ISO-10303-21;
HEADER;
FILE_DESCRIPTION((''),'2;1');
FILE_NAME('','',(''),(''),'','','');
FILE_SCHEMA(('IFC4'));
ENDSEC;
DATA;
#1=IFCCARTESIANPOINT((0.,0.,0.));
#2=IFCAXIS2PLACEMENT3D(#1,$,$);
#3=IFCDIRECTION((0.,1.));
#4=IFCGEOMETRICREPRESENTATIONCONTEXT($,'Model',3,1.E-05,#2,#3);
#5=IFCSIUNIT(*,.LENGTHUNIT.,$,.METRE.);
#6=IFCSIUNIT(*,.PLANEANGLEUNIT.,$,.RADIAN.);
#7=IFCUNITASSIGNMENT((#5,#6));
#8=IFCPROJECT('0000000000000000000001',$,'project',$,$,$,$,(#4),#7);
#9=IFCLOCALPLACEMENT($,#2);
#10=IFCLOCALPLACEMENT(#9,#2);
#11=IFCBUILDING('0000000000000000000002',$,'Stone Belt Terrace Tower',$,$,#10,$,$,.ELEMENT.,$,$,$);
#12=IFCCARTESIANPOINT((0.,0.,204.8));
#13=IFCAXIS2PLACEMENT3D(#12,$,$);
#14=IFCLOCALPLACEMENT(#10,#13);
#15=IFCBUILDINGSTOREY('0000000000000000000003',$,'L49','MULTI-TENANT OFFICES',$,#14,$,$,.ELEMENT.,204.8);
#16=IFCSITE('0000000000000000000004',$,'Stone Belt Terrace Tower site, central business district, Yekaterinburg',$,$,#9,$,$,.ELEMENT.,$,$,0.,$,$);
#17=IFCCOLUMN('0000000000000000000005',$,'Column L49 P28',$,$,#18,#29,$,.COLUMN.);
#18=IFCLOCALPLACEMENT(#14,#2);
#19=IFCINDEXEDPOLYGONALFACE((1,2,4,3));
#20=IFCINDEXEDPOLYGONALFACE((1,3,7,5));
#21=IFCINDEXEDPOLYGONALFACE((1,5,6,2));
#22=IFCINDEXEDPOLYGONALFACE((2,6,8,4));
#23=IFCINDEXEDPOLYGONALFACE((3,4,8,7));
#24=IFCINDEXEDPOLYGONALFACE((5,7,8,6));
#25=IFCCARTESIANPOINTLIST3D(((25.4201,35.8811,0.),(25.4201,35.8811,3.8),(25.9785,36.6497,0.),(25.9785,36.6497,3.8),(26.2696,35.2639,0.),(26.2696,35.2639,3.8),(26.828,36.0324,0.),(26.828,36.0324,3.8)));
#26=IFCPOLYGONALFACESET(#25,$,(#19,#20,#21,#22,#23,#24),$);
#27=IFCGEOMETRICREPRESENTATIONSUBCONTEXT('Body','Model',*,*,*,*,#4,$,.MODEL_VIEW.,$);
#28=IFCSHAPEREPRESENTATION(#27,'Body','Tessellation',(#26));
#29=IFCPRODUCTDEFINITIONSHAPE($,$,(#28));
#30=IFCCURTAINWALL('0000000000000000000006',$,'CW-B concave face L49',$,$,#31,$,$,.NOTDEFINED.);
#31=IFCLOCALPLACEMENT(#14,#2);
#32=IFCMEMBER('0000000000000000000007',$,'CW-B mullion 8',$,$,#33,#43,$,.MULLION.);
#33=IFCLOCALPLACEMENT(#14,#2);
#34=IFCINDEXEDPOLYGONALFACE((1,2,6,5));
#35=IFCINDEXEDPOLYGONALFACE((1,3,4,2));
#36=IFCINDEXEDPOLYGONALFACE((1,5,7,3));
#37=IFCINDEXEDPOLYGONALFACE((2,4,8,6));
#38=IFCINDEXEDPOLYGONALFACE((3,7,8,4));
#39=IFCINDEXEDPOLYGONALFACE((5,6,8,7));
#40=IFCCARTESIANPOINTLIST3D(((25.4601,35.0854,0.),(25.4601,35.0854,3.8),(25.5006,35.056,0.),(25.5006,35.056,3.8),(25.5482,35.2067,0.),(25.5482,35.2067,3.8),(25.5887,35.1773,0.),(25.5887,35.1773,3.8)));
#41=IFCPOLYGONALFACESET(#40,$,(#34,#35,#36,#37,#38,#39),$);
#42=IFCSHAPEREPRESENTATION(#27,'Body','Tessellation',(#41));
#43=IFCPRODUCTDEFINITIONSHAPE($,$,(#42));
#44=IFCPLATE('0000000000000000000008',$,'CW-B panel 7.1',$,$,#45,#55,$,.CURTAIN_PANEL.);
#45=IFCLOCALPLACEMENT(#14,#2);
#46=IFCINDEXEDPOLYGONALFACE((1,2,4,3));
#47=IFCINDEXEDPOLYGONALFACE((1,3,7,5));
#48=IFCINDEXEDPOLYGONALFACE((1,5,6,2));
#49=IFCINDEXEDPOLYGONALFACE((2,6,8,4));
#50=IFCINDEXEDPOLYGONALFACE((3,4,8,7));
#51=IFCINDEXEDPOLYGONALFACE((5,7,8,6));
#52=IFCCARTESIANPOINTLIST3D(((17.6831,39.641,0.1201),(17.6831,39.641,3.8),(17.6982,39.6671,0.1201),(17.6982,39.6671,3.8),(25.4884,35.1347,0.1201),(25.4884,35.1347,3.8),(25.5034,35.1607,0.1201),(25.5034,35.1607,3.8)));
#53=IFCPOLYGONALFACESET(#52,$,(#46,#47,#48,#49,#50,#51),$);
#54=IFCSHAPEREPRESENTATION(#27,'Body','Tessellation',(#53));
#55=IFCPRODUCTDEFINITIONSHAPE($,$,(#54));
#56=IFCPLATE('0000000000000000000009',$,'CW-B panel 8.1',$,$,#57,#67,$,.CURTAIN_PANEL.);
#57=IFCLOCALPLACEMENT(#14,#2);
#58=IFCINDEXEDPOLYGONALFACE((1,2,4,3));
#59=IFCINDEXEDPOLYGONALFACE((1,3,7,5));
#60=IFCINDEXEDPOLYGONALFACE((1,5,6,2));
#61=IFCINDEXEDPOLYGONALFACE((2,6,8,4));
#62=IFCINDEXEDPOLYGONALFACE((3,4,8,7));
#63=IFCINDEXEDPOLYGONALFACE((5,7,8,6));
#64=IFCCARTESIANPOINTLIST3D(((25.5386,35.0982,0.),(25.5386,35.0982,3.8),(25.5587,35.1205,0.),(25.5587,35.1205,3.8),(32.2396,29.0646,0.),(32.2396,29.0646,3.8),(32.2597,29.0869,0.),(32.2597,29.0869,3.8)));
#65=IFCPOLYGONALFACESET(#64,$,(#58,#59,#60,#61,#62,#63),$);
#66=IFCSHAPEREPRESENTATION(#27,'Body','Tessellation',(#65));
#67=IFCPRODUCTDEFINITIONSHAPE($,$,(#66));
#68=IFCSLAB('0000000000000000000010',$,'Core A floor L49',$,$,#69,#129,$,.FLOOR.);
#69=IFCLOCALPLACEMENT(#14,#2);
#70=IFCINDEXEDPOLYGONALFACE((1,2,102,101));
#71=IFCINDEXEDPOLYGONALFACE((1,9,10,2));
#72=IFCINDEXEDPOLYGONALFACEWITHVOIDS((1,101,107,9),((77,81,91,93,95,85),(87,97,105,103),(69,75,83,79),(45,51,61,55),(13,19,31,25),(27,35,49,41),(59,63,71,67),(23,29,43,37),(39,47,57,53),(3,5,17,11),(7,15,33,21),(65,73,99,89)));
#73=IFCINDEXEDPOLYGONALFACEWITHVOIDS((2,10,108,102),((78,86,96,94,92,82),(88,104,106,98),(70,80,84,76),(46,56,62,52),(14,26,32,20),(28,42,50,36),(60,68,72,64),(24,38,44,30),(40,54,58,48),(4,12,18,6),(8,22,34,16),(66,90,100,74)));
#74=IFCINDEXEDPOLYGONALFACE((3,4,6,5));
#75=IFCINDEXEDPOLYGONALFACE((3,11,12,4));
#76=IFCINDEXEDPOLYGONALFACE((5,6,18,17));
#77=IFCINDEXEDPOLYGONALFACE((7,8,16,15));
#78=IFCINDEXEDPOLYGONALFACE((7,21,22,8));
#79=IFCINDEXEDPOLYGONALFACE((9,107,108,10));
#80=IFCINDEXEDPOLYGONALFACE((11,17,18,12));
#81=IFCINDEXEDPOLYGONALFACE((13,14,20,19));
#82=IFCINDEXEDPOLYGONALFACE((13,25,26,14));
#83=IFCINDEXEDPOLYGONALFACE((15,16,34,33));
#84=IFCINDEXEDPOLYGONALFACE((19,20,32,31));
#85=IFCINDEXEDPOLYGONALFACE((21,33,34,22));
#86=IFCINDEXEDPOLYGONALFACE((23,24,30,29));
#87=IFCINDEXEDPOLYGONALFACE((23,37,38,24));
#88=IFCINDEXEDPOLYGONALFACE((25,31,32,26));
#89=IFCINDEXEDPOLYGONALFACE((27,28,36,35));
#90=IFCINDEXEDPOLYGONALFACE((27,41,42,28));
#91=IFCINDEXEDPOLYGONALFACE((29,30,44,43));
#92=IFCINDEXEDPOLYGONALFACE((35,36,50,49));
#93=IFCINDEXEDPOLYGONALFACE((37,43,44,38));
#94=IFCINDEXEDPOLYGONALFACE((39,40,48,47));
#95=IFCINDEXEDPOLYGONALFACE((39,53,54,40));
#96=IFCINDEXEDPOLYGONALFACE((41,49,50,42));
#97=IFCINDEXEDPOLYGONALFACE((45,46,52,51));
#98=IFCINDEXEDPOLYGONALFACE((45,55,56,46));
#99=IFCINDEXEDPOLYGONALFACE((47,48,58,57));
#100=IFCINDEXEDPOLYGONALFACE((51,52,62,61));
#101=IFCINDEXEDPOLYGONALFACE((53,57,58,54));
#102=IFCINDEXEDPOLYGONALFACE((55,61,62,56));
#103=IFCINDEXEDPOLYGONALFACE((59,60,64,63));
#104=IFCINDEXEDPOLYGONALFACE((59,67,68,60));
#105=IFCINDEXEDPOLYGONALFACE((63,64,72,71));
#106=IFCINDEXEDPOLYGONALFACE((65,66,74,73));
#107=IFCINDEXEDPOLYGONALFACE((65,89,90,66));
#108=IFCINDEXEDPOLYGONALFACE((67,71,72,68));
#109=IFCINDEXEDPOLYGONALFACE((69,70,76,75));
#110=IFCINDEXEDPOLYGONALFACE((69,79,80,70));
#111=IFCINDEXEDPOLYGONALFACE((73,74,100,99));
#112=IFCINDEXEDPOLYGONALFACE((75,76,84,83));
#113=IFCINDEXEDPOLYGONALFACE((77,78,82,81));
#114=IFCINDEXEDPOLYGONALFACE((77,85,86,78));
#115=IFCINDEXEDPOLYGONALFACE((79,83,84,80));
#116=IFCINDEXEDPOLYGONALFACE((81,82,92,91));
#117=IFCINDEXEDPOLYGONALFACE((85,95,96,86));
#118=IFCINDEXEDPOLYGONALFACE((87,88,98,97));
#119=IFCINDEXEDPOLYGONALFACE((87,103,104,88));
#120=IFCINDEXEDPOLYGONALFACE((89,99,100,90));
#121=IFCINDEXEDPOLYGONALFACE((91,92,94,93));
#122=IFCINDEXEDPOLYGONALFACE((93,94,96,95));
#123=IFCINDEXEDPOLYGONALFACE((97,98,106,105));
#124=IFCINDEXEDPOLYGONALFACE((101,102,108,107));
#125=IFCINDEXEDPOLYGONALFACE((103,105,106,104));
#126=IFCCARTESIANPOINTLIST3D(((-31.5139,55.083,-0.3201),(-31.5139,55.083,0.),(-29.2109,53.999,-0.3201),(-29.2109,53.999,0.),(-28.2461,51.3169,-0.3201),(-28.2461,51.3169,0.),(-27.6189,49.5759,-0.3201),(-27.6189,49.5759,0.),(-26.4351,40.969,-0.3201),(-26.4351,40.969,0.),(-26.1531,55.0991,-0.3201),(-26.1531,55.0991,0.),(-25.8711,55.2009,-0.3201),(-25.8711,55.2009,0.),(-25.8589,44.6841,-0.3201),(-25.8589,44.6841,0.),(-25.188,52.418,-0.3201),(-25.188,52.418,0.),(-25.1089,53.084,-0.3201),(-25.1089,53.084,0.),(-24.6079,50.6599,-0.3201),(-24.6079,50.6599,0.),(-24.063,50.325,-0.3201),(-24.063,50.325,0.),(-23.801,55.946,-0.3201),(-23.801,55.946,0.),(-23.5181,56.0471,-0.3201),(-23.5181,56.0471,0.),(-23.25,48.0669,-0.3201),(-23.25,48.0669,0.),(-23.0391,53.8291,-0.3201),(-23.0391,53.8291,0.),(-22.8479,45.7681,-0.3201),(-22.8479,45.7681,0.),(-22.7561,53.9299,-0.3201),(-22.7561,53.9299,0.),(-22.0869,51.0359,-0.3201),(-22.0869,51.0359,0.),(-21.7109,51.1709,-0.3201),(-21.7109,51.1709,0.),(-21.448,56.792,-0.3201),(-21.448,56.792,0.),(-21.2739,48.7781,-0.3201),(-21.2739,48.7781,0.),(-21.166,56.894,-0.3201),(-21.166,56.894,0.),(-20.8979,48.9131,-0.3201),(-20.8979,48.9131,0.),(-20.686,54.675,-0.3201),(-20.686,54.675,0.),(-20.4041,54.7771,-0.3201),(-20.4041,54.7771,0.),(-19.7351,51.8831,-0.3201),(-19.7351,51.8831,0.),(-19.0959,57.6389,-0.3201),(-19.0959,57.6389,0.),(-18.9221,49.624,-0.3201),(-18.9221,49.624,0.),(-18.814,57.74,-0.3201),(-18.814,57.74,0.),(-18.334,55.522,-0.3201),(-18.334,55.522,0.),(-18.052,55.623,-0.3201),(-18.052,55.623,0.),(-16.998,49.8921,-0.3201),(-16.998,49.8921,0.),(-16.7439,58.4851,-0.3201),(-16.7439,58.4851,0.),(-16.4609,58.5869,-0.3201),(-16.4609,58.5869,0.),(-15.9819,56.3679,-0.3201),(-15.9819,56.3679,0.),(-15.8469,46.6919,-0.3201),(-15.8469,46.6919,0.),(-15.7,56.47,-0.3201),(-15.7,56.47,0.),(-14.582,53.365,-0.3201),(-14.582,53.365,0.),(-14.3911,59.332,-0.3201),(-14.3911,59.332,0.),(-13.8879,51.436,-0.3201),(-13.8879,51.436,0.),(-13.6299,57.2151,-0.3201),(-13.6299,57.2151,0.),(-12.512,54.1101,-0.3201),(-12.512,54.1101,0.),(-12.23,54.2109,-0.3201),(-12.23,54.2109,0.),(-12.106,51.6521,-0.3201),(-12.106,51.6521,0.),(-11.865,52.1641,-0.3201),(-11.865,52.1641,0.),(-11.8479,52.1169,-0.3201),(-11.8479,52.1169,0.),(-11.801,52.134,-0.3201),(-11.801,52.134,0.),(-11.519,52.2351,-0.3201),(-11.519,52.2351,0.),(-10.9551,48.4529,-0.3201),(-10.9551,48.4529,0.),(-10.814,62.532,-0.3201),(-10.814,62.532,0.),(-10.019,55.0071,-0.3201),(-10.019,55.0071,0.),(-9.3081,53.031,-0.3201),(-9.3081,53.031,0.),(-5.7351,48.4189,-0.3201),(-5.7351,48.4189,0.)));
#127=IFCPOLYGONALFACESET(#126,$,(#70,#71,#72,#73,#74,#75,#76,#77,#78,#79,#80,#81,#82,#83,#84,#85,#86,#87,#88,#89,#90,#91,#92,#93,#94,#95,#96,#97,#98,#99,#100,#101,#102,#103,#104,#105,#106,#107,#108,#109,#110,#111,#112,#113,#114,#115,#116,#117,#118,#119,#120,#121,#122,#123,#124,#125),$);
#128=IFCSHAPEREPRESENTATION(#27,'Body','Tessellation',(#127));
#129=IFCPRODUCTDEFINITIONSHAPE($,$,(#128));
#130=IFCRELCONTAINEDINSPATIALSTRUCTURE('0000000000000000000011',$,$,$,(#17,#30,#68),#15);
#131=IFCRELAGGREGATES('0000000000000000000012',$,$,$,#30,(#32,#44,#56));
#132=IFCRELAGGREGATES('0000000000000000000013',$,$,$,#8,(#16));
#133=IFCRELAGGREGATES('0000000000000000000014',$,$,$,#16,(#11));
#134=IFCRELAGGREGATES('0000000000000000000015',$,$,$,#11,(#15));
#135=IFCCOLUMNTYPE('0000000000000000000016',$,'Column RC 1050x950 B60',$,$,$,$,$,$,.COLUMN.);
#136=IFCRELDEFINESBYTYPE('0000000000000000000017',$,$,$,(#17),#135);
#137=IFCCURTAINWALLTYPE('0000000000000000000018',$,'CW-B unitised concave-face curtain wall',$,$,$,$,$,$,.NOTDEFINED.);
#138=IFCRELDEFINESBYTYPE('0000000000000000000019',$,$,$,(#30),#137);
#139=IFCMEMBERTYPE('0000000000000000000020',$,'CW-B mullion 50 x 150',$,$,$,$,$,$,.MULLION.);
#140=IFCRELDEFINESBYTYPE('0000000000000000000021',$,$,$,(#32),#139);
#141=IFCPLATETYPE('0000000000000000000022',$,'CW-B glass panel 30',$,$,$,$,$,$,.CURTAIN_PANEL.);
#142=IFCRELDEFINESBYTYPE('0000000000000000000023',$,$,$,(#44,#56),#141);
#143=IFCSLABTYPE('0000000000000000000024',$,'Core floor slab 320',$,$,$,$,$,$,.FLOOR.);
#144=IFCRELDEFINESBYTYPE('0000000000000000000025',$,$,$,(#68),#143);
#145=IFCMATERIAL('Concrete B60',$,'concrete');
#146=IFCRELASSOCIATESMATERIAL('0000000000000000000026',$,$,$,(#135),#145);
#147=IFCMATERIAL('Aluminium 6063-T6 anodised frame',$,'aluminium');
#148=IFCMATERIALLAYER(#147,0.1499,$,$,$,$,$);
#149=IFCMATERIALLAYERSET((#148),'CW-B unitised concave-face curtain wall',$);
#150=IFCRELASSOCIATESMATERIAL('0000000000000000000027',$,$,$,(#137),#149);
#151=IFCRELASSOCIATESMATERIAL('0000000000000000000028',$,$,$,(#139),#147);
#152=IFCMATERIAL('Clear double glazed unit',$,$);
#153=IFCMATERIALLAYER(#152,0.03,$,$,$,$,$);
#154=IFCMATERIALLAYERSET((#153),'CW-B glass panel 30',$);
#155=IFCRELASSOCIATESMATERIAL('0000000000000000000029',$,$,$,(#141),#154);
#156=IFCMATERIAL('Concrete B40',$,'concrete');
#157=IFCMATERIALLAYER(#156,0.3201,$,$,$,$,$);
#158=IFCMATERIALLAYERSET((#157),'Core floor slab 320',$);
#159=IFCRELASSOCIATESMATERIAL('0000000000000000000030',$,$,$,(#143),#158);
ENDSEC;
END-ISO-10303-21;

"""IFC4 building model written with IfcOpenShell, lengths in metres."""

from ifc_helpers import new_model, si_unit, direction, frame, origin, origin_2d, place, context, subcontext, project, spatial, polyline, rectangle, outline, extrude, material, layer, layer_set, material_profile, profile_set, type_object, element, aggregate, save


model = new_model("IFC4")

# Units and contexts
model_context = context("Model", 3, precision=1e-05, world=origin(), true_north=direction((0.0, 1.0)))
body_context = subcontext(model_context, "Body", "Model", "MODEL_VIEW")
ifc_project = project(units=[si_unit("LENGTHUNIT", "METRE"), si_unit("PLANEANGLEUNIT", "RADIAN")], contexts=[model_context])

# Site, building, storey
site_placement = place(None, origin())
site = spatial("IfcSite", under=ifc_project, at=site_placement, Name="Stone Belt Terrace Tower site, central business district, Yekaterinburg", CompositionType="ELEMENT", RefElevation=0.0)
building_placement = place(site_placement, origin())
building = spatial("IfcBuilding", under=site, at=building_placement, Name="Stone Belt Terrace Tower", CompositionType="ELEMENT")
storey_placement = place(building_placement, frame((0.0, 0.0, 204.8)))
storey = spatial("IfcBuildingStorey", under=building, at=storey_placement, Name="L49", Description="MULTI-TENANT OFFICES", CompositionType="ELEMENT", Elevation=204.8)

# Column
ifc_material_1 = material(Name="Concrete B60", Category="concrete")
ifc_material_profile_1 = material_profile(ifc_material_1, rectangle(XDim=1.05, YDim=0.95, at=origin_2d()), Name="RC 1050x950")
ifc_profile_set_1 = profile_set([ifc_material_profile_1], Name="Concrete B60")
column_type = type_object("IfcColumnType", Name="Column RC 1050x950 B60", PredefinedType="COLUMN", material=ifc_profile_set_1)
column_placement = place(storey_placement, frame((26.124, 35.9568, 0.0), z_axis=(0.0, 0.0, 1.0), x_axis=(0.809017, -0.587785, 0.0)))
element("IfcColumn", 1, at=column_placement, inside=storey, type_object=column_type, Name="Column L49 P28", PredefinedType="COLUMN", context=body_context, shape_type="SweptSolid", body=[
    extrude(rectangle(XDim=1.05, YDim=0.95, at=origin_2d()), origin(), (0.0, 0.0, 1.0), 3.8),
])

# Curtain wall, member, plates
ifc_material_2 = material(Name="Aluminium 6063-T6 anodised frame", Category="aluminium")
ifc_layer_1 = layer(ifc_material_2, 0.1499)
ifc_layer_set_1 = layer_set([ifc_layer_1], Name="CW-B unitised concave-face curtain wall")
curtain_wall_type = type_object("IfcCurtainWallType", Name="CW-B unitised concave-face curtain wall", PredefinedType="NOTDEFINED", material=ifc_layer_set_1)
curtain_wall_placement = place(storey_placement, origin())
curtain_wall = element("IfcCurtainWall", 2, at=curtain_wall_placement, inside=storey, type_object=curtain_wall_type, Name="CW-B concave face L49", PredefinedType="NOTDEFINED")
ifc_material_profile_2 = material_profile(ifc_material_2, rectangle(XDim=0.1499, YDim=0.05, at=origin_2d()), Name="Aluminium 6063-T6 50x150")
ifc_profile_set_2 = profile_set([ifc_material_profile_2], Name="Aluminium 6063-T6 anodised frame")
member_type = type_object("IfcMemberType", Name="CW-B mullion 50 x 150", PredefinedType="MULLION", material=ifc_profile_set_2)
member_placement = place(storey_placement, frame((25.5244, 35.1313, 0.0), z_axis=(0.0, 0.0, 1.0), x_axis=(0.587785, 0.809017, 0.0)))
member = element("IfcMember", 3, at=member_placement, type_object=member_type, Name="CW-B mullion 8", PredefinedType="MULLION", context=body_context, shape_type="SweptSolid", body=[
    extrude(rectangle(XDim=0.1499, YDim=0.05, at=origin_2d()), origin(), (0.0, 0.0, 1.0), 3.8),
])
ifc_material_3 = material(Name="Clear double glazed unit")
ifc_layer_2 = layer(ifc_material_3, 0.03)
ifc_layer_set_2 = layer_set([ifc_layer_2], Name="CW-B glass panel 30")
plate_type = type_object("IfcPlateType", Name="CW-B glass panel 30", PredefinedType="CURTAIN_PANEL", material=ifc_layer_set_2)
plate_1_placement = place(storey_placement, frame((21.5933, 37.4009, 0.1201), z_axis=(0.0, 0.0, 1.0), x_axis=(0.866025, -0.5, 0.0)))
plate_1 = element("IfcPlate", 4, at=plate_1_placement, type_object=plate_type, Name="CW-B panel 7.1", PredefinedType="CURTAIN_PANEL", context=body_context, shape_type="SweptSolid", body=[
    extrude(rectangle(XDim=9.0127, YDim=0.03, at=origin_2d()), origin(), (0.0, 0.0, 1.0), 3.6799),
])
plate_2_placement = place(storey_placement, frame((28.8992, 32.0925, 0.0), z_axis=(0.0, 0.0, 1.0), x_axis=(0.743145, -0.669131, 0.0)))
plate_2 = element("IfcPlate", 5, at=plate_2_placement, type_object=plate_type, Name="CW-B panel 8.1", PredefinedType="CURTAIN_PANEL", context=body_context, shape_type="SweptSolid", body=[
    extrude(rectangle(XDim=9.0171, YDim=0.03, at=origin_2d()), origin(), (0.0, 0.0, 1.0), 3.8),
])
aggregate(curtain_wall, [member, plate_1, plate_2])

# Slab
ifc_material_4 = material(Name="Concrete B40", Category="concrete")
ifc_layer_3 = layer(ifc_material_4, 0.3201)
ifc_layer_set_3 = layer_set([ifc_layer_3], Name="Core floor slab 320")
slab_type_1 = type_object("IfcSlabType", Name="Core floor slab 320", PredefinedType="FLOOR", material=ifc_layer_set_3)
slab_1_placement = place(storey_placement, frame((0.0, 0.0, -0.3201)))
element("IfcSlab", 6, at=slab_1_placement, inside=storey, type_object=slab_type_1, Name="Core A floor L49", PredefinedType="FLOOR", context=body_context, shape_type="SweptSolid", body=[
    extrude(outline(polyline([(-26.4351, 40.969), (-5.7351, 48.4189), (-10.814, 62.532), (-31.5139, 55.083), (-26.4351, 40.969)]), holes=[polyline([(-24.6079, 50.6599), (-22.8479, 45.7681), (-25.8589, 44.6841), (-27.6189, 49.5759), (-24.6079, 50.6599)]), polyline([(-23.25, 48.0669), (-24.063, 50.325), (-22.0869, 51.0359), (-21.2739, 48.7781), (-23.25, 48.0669)]), polyline([(-20.8979, 48.9131), (-21.7109, 51.1709), (-19.7351, 51.8831), (-18.9221, 49.624), (-20.8979, 48.9131)]), polyline([(-28.2461, 51.3169), (-29.2109, 53.999), (-26.1531, 55.0991), (-25.188, 52.418), (-28.2461, 51.3169)]), polyline([(-23.801, 55.946), (-23.0391, 53.8291), (-25.1089, 53.084), (-25.8711, 55.2009), (-23.801, 55.946)]), polyline([(-21.448, 56.792), (-20.686, 54.675), (-22.7561, 53.9299), (-23.5181, 56.0471), (-21.448, 56.792)]), polyline([(-10.9551, 48.4529), (-15.8469, 46.6919), (-16.998, 49.8921), (-12.106, 51.6521), (-10.9551, 48.4529)]), polyline([(-11.8479, 52.1169), (-11.865, 52.1641), (-13.8879, 51.436), (-14.582, 53.365), (-12.512, 54.1101), (-11.801, 52.134), (-11.8479, 52.1169)]), polyline([(-9.3081, 53.031), (-11.519, 52.2351), (-12.23, 54.2109), (-10.019, 55.0071), (-9.3081, 53.031)]), polyline([(-21.166, 56.894), (-19.0959, 57.6389), (-18.334, 55.522), (-20.4041, 54.7771), (-21.166, 56.894)]), polyline([(-16.7439, 58.4851), (-15.9819, 56.3679), (-18.052, 55.623), (-18.814, 57.74), (-16.7439, 58.4851)]), polyline([(-14.3911, 59.332), (-13.6299, 57.2151), (-15.7, 56.47), (-16.4609, 58.5869), (-14.3911, 59.332)])]), origin(), (0.0, 0.0, 1.0), 0.3201),
])

save(model, "model.ifc")
